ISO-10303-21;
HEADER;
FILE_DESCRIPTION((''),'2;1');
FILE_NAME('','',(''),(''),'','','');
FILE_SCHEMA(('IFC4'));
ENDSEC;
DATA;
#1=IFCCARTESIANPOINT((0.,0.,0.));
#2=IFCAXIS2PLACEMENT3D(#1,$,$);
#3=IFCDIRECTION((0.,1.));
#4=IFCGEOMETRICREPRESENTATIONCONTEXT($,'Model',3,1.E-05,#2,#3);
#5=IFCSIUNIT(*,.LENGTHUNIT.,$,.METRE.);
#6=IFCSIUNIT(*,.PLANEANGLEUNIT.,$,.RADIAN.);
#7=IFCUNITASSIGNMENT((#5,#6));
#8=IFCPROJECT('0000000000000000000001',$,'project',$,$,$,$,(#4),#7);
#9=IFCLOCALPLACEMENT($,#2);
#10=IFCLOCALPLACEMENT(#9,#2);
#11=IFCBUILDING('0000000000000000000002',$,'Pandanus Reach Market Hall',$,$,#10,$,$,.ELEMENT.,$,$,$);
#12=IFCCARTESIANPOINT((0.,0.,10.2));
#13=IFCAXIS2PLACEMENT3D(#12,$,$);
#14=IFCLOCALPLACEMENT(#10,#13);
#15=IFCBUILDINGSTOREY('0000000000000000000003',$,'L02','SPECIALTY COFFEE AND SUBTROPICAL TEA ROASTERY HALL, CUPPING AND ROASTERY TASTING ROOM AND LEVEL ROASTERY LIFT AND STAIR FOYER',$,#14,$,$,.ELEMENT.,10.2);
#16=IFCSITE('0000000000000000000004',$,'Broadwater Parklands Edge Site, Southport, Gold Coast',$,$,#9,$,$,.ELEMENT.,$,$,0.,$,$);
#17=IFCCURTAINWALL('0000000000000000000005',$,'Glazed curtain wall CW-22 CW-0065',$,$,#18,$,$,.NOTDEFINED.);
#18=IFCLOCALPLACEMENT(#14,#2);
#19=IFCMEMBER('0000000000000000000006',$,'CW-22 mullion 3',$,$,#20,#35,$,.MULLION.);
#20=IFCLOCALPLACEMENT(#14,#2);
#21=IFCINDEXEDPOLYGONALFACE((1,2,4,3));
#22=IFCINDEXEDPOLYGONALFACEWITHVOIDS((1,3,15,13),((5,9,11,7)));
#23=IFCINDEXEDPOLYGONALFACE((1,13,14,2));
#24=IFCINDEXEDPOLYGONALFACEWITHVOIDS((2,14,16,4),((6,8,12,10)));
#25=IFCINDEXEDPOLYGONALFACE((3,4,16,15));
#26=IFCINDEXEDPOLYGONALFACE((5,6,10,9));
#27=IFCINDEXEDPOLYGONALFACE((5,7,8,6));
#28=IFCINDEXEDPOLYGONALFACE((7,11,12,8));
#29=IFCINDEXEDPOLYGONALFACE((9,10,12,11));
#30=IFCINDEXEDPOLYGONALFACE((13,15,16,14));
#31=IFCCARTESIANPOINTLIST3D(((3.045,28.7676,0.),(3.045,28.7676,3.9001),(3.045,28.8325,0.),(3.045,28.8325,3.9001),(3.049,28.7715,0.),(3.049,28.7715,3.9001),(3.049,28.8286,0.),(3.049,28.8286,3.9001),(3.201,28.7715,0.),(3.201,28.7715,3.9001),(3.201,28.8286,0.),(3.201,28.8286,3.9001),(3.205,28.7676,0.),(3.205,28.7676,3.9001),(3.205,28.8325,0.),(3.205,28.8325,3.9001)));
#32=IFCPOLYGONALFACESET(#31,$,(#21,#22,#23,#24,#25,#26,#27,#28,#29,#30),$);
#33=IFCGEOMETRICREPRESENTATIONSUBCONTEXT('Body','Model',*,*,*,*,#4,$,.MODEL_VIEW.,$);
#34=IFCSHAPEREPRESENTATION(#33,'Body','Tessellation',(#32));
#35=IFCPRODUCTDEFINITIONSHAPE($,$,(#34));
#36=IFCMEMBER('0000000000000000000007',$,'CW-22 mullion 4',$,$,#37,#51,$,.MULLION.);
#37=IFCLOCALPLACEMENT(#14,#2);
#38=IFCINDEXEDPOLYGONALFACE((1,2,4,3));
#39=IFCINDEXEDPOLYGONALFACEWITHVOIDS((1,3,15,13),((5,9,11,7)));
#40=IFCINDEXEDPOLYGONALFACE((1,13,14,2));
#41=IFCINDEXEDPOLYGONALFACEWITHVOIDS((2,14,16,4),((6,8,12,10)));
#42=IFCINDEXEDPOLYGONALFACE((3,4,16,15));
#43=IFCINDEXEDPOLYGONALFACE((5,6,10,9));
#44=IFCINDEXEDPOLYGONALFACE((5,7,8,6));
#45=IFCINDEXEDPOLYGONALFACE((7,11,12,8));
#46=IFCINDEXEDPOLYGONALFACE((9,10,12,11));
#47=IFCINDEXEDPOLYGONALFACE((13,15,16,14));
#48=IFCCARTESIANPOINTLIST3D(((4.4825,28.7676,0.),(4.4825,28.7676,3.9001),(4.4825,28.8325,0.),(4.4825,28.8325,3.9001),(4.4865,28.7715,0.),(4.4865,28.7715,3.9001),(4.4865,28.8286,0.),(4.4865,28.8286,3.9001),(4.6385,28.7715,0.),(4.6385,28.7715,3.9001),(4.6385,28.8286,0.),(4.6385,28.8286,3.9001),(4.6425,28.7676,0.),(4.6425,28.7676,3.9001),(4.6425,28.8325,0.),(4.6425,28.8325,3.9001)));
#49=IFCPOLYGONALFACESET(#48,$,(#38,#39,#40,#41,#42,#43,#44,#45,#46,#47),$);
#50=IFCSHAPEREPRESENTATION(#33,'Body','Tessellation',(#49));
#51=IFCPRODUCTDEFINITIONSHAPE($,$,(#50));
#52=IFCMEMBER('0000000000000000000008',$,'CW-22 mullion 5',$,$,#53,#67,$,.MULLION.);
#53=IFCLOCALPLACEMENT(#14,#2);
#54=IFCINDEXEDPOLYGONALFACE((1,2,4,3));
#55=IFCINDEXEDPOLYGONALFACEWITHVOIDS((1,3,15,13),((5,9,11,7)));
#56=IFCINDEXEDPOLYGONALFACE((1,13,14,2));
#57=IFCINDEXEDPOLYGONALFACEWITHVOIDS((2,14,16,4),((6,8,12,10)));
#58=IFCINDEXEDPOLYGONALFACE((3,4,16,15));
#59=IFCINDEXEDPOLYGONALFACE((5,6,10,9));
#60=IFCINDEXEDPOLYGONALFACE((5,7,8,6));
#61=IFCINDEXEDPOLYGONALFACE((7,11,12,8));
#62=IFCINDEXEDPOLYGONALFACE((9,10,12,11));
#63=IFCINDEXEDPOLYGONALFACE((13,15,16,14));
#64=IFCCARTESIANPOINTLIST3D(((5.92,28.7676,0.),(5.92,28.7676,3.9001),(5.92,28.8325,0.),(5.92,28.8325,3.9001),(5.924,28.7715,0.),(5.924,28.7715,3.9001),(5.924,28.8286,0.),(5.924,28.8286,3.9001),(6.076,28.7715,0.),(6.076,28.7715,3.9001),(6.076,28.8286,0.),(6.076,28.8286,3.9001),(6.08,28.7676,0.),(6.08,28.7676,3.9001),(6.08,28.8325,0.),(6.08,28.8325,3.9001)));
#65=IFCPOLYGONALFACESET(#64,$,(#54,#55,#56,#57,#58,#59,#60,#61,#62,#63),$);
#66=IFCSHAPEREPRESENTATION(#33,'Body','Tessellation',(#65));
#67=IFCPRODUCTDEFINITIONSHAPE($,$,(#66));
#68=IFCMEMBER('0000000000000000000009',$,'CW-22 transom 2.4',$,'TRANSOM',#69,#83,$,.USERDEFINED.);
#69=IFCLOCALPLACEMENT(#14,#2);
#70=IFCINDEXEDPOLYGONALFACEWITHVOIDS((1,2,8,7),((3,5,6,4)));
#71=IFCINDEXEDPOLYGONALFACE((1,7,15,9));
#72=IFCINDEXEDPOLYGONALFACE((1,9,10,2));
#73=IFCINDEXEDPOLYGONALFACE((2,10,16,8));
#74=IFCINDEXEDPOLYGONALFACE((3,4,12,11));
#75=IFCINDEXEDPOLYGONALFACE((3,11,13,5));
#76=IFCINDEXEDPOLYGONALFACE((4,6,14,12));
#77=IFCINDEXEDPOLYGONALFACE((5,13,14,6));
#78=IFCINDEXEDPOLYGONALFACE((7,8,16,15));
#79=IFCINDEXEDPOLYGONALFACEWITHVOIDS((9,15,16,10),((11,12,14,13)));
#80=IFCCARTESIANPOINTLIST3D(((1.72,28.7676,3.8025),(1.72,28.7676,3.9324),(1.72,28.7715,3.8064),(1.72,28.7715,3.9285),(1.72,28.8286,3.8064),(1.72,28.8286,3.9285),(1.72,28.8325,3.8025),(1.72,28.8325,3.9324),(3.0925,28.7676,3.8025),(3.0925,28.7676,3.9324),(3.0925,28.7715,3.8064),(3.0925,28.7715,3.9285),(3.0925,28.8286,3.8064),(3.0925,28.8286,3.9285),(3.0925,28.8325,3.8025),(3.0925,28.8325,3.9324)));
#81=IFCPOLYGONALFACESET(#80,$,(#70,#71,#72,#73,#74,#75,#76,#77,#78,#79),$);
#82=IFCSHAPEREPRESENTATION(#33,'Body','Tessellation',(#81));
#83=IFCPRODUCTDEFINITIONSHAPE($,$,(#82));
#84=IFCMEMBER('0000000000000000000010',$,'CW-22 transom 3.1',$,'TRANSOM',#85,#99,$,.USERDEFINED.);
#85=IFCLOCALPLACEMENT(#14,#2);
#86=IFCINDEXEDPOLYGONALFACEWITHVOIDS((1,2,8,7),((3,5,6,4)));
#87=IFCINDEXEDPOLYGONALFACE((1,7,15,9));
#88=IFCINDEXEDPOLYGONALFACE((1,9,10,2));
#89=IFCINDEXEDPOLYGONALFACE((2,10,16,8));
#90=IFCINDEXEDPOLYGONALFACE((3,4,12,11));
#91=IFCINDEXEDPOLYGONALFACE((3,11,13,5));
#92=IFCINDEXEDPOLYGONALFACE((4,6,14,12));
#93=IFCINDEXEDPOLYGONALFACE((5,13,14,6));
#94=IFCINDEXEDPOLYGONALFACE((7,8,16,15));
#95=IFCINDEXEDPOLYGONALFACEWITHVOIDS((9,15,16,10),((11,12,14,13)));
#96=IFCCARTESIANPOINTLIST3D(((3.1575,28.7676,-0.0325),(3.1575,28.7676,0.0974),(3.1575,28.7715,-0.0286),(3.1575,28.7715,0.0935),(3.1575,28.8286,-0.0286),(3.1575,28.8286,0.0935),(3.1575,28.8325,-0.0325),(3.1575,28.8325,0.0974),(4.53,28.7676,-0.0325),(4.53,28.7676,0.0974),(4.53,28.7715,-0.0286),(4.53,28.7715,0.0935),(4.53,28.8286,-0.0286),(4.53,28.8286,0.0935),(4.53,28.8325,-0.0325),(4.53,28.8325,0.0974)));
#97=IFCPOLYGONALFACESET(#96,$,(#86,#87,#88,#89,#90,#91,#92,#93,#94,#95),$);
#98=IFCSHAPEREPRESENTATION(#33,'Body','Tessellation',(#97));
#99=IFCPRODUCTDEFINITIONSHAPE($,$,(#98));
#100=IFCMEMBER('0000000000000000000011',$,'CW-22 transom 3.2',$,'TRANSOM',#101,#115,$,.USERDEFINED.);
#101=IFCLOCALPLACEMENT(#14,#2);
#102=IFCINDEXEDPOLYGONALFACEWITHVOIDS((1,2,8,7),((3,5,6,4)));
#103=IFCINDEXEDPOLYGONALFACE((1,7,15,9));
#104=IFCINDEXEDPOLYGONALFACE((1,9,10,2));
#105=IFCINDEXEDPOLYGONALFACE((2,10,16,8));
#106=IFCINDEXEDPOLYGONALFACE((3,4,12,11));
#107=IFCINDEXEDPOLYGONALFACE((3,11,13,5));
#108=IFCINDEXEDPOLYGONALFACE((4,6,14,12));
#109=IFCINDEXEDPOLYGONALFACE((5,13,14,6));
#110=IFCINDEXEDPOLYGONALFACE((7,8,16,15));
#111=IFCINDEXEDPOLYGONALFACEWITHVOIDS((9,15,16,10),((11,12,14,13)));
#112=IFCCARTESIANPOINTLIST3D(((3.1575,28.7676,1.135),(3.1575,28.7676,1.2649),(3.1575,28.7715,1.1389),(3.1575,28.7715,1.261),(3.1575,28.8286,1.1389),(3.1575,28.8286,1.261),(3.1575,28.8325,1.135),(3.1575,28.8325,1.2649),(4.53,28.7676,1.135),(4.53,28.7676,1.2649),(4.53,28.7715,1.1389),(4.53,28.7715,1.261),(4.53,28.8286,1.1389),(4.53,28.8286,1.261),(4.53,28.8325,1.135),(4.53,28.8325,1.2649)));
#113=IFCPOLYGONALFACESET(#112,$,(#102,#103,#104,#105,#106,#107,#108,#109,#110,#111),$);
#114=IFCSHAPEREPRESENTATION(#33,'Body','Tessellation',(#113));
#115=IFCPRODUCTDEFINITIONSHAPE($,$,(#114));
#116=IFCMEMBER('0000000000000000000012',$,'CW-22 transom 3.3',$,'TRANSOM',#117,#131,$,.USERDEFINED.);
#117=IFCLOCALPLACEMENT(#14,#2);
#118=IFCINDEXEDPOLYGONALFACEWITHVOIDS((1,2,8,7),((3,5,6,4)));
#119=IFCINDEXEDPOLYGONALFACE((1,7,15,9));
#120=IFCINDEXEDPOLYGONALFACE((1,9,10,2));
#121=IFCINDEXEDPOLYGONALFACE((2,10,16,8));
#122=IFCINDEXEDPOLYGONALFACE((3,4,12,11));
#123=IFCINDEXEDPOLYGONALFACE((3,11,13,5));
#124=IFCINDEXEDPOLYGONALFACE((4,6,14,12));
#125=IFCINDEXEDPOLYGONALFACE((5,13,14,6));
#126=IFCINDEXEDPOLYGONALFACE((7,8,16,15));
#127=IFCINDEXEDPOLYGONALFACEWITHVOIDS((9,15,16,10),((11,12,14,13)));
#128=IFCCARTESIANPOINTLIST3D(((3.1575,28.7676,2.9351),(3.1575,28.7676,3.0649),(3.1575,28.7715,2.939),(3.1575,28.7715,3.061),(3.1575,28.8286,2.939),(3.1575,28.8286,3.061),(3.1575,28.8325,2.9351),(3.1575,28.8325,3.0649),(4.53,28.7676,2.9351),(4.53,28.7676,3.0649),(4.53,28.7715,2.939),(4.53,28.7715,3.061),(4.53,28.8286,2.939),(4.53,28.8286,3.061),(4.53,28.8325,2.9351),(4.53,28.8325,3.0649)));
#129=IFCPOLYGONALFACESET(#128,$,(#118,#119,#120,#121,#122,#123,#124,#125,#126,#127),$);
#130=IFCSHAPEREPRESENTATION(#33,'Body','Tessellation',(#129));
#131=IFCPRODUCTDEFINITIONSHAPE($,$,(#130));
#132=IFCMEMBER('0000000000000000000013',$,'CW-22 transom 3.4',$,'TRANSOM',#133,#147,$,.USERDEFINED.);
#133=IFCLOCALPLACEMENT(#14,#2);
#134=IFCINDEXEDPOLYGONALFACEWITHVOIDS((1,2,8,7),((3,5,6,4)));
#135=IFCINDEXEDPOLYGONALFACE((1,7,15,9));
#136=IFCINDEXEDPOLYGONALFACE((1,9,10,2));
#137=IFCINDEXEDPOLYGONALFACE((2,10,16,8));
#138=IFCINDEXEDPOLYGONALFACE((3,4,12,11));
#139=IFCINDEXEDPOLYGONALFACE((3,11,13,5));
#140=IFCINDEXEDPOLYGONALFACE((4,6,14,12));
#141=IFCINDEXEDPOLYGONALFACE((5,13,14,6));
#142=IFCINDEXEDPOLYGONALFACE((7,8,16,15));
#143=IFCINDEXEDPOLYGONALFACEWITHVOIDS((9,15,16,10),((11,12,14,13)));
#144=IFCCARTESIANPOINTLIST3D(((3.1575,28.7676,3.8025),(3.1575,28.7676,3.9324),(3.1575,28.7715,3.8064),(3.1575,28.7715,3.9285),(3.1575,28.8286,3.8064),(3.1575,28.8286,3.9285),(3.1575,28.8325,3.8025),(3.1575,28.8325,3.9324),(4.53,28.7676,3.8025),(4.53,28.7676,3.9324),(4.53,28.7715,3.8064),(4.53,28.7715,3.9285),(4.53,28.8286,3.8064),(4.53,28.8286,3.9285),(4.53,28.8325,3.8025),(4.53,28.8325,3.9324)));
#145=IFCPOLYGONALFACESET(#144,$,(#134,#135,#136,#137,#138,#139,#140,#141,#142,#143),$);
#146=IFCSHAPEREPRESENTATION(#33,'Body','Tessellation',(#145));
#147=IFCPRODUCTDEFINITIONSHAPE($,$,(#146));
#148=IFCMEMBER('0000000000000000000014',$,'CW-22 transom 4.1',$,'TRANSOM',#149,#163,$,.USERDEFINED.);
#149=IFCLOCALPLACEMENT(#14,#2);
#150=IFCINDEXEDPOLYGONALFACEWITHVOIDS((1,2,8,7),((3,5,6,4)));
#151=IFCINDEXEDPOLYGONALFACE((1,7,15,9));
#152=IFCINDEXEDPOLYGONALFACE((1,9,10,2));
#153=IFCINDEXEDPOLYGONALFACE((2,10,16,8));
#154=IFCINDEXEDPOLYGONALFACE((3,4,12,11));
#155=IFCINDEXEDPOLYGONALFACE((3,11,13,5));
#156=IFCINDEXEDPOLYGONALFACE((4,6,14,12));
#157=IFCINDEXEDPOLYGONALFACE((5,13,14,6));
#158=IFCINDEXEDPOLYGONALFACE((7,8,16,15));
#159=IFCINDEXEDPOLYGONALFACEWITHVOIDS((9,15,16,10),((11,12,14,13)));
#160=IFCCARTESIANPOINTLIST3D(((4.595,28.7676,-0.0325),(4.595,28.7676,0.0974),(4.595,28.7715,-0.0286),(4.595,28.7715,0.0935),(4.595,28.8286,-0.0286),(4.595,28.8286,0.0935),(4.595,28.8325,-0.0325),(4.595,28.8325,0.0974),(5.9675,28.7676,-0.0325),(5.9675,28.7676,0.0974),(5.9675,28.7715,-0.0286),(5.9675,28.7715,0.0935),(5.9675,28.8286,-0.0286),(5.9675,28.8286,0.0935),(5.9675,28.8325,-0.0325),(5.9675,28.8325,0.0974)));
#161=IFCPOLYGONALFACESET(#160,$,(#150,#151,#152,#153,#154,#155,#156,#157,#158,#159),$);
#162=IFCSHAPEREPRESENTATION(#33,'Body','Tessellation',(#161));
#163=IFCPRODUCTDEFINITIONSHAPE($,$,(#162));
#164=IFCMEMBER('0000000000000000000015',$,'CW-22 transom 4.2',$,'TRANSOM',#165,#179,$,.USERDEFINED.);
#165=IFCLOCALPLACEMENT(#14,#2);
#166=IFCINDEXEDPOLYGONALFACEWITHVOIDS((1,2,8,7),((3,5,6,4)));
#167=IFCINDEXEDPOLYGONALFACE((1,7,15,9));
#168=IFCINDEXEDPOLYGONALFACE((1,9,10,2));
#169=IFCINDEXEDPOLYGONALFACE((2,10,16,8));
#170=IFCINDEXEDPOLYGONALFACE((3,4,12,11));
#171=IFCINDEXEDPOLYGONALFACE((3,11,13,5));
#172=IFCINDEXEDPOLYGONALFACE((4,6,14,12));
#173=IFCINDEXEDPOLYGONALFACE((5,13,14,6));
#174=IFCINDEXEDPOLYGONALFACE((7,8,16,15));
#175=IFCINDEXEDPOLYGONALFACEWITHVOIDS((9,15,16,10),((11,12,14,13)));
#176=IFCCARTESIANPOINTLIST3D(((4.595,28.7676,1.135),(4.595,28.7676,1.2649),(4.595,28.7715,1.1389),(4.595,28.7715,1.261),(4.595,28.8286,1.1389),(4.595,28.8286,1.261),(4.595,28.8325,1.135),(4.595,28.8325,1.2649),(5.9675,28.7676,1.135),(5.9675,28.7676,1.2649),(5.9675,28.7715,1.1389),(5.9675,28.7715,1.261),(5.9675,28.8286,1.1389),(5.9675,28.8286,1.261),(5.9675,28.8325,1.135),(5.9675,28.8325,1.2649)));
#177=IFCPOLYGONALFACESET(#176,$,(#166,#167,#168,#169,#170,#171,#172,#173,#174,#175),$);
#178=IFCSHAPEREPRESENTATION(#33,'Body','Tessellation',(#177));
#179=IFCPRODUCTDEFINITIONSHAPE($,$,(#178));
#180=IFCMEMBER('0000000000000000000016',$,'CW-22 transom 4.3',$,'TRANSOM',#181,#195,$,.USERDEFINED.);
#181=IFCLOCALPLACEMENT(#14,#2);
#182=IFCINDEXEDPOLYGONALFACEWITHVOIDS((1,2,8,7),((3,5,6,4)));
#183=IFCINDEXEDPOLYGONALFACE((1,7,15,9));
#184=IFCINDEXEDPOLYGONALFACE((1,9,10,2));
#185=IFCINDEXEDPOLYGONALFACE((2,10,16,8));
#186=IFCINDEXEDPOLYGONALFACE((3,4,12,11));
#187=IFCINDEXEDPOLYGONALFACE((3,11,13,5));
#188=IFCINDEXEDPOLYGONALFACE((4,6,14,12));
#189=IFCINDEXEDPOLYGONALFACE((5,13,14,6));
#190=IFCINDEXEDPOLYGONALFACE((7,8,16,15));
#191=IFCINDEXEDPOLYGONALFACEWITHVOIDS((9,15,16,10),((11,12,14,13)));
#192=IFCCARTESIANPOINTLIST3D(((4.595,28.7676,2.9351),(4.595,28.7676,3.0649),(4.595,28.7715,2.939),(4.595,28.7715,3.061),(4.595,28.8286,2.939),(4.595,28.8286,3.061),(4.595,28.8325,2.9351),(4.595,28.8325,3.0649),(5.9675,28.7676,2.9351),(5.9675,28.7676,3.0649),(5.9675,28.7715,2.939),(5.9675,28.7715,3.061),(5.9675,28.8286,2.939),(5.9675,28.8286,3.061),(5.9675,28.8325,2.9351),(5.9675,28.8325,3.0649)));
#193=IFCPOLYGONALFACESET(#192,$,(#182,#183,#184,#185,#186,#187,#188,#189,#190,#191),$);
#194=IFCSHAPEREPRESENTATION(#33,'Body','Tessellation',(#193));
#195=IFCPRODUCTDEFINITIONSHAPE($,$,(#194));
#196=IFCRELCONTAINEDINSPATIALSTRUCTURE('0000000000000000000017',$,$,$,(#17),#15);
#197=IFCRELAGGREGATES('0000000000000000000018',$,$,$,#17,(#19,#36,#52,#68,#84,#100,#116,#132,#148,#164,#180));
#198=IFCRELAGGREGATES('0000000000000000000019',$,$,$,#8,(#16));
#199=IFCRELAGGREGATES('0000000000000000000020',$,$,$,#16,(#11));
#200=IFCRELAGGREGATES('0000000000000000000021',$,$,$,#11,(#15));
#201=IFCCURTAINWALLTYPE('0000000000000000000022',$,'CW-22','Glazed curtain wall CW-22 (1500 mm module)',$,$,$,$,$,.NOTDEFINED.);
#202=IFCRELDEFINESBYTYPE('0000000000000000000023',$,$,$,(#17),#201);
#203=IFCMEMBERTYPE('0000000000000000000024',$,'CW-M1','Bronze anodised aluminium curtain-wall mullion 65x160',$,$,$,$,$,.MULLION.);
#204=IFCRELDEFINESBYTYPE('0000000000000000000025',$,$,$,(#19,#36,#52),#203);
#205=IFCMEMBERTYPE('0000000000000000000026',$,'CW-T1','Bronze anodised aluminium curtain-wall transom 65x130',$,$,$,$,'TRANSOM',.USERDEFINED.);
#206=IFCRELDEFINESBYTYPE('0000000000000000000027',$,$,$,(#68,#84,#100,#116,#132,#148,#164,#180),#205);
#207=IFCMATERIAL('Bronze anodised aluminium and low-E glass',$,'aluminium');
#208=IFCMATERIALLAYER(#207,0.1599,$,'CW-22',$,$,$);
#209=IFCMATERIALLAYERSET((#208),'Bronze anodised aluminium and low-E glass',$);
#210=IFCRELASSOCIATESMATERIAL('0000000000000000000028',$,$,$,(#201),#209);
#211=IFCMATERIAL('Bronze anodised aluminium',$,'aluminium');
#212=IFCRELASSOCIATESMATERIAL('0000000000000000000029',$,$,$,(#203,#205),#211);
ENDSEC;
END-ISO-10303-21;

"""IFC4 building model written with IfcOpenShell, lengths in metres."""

from ifc_helpers import new_model, si_unit, direction, frame, origin, origin_2d, place, context, subcontext, project, spatial, hollow_rectangle, extrude, material, layer, layer_set, material_profile, profile_set, type_object, element, aggregate, save


model = new_model("IFC4")

# Units and contexts
model_context = context("Model", 3, precision=1e-05, world=origin(), true_north=direction((0.0, 1.0)))
body_context = subcontext(model_context, "Body", "Model", "MODEL_VIEW")
ifc_project = project(units=[si_unit("LENGTHUNIT", "METRE"), si_unit("PLANEANGLEUNIT", "RADIAN")], contexts=[model_context])

# Site, building, storey
site_placement = place(None, origin())
site = spatial("IfcSite", under=ifc_project, at=site_placement, Name="Broadwater Parklands Edge Site, Southport, Gold Coast", CompositionType="ELEMENT", RefElevation=0.0)
building_placement = place(site_placement, origin())
building = spatial("IfcBuilding", under=site, at=building_placement, Name="Pandanus Reach Market Hall", CompositionType="ELEMENT")
storey_placement = place(building_placement, frame((0.0, 0.0, 10.2)))
storey = spatial("IfcBuildingStorey", under=building, at=storey_placement, Name="L02", Description="SPECIALTY COFFEE AND SUBTROPICAL TEA ROASTERY HALL, CUPPING AND ROASTERY TASTING ROOM AND LEVEL ROASTERY LIFT AND STAIR FOYER", CompositionType="ELEMENT", Elevation=10.2)

# Curtain wall, members
ifc_material_1 = material(Name="Bronze anodised aluminium and low-E glass", Category="aluminium")
ifc_layer_1 = layer(ifc_material_1, 0.1599, Name="CW-22")
ifc_layer_set_1 = layer_set([ifc_layer_1], Name="Bronze anodised aluminium and low-E glass")
curtain_wall_type = type_object("IfcCurtainWallType", Name="CW-22", Description="Glazed curtain wall CW-22 (1500 mm module)", PredefinedType="NOTDEFINED", material=ifc_layer_set_1)
curtain_wall_placement = place(storey_placement, origin())
curtain_wall = element("IfcCurtainWall", 1, at=curtain_wall_placement, inside=storey, type_object=curtain_wall_type, Name="Glazed curtain wall CW-22 CW-0065", PredefinedType="NOTDEFINED")
ifc_material_2 = material(Name="Bronze anodised aluminium", Category="aluminium")
ifc_material_profile_1 = material_profile(ifc_material_2, hollow_rectangle(XDim=0.0649, YDim=0.1599, WallThickness=0.0039, at=origin_2d()), Name="ALU65x160", Category="LoadBearing")
ifc_profile_set_1 = profile_set([ifc_material_profile_1], Name="Bronze anodised aluminium")
member_type_1 = type_object("IfcMemberType", Name="CW-M1", Description="Bronze anodised aluminium curtain-wall mullion 65x160", PredefinedType="MULLION", material=ifc_profile_set_1)
member_1_placement = place(storey_placement, frame((3.125, 28.8, 0.0), z_axis=(0.0, 0.0, 1.0), x_axis=(0.0, 1.0, 0.0)))
member_1 = element("IfcMember", 2, at=member_1_placement, type_object=member_type_1, Name="CW-22 mullion 3", PredefinedType="MULLION", context=body_context, shape_type="SweptSolid", body=[
    extrude(hollow_rectangle(XDim=0.0649, YDim=0.1599, WallThickness=0.0039, at=origin_2d()), origin(), (0.0, 0.0, 1.0), 3.9001),
])
member_2_placement = place(storey_placement, frame((4.5625, 28.8, 0.0), z_axis=(0.0, 0.0, 1.0), x_axis=(0.0, 1.0, 0.0)))
member_2 = element("IfcMember", 3, at=member_2_placement, type_object=member_type_1, Name="CW-22 mullion 4", PredefinedType="MULLION", context=body_context, shape_type="SweptSolid", body=[
    extrude(hollow_rectangle(XDim=0.0649, YDim=0.1599, WallThickness=0.0039, at=origin_2d()), origin(), (0.0, 0.0, 1.0), 3.9001),
])
member_3_placement = place(storey_placement, frame((6.0, 28.8, 0.0), z_axis=(0.0, 0.0, 1.0), x_axis=(0.0, 1.0, 0.0)))
member_3 = element("IfcMember", 4, at=member_3_placement, type_object=member_type_1, Name="CW-22 mullion 5", PredefinedType="MULLION", context=body_context, shape_type="SweptSolid", body=[
    extrude(hollow_rectangle(XDim=0.0649, YDim=0.1599, WallThickness=0.0039, at=origin_2d()), origin(), (0.0, 0.0, 1.0), 3.9001),
])
ifc_material_profile_2 = material_profile(ifc_material_2, hollow_rectangle(XDim=0.0649, YDim=0.1299, WallThickness=0.0039, at=origin_2d()), Name="ALU65x130", Category="LoadBearing")
ifc_profile_set_2 = profile_set([ifc_material_profile_2], Name="Bronze anodised aluminium")
member_type_2 = type_object("IfcMemberType", Name="CW-T1", Description="Bronze anodised aluminium curtain-wall transom 65x130", ElementType="TRANSOM", PredefinedType="USERDEFINED", material=ifc_profile_set_2)
member_4_placement = place(storey_placement, frame((1.72, 28.8, 3.8674), z_axis=(1.0, 0.0, 0.0), x_axis=(0.0, 1.0, 0.0)))
member_4 = element("IfcMember", 5, at=member_4_placement, type_object=member_type_2, Name="CW-22 transom 2.4", ObjectType="TRANSOM", PredefinedType="USERDEFINED", context=body_context, shape_type="SweptSolid", body=[
    extrude(hollow_rectangle(XDim=0.0649, YDim=0.1299, WallThickness=0.0039, at=origin_2d()), origin(), (0.0, 0.0, 1.0), 1.3726),
])
member_5_placement = place(storey_placement, frame((3.1575, 28.8, 0.0325), z_axis=(1.0, 0.0, 0.0), x_axis=(0.0, 1.0, 0.0)))
member_5 = element("IfcMember", 6, at=member_5_placement, type_object=member_type_2, Name="CW-22 transom 3.1", ObjectType="TRANSOM", PredefinedType="USERDEFINED", context=body_context, shape_type="SweptSolid", body=[
    extrude(hollow_rectangle(XDim=0.0649, YDim=0.1299, WallThickness=0.0039, at=origin_2d()), origin(), (0.0, 0.0, 1.0), 1.3726),
])
member_6_placement = place(storey_placement, frame((3.1575, 28.8, 1.2), z_axis=(1.0, 0.0, 0.0), x_axis=(0.0, 1.0, 0.0)))
member_6 = element("IfcMember", 7, at=member_6_placement, type_object=member_type_2, Name="CW-22 transom 3.2", ObjectType="TRANSOM", PredefinedType="USERDEFINED", context=body_context, shape_type="SweptSolid", body=[
    extrude(hollow_rectangle(XDim=0.0649, YDim=0.1299, WallThickness=0.0039, at=origin_2d()), origin(), (0.0, 0.0, 1.0), 1.3726),
])
member_7_placement = place(storey_placement, frame((3.1575, 28.8, 3.0), z_axis=(1.0, 0.0, 0.0), x_axis=(0.0, 1.0, 0.0)))
member_7 = element("IfcMember", 8, at=member_7_placement, type_object=member_type_2, Name="CW-22 transom 3.3", ObjectType="TRANSOM", PredefinedType="USERDEFINED", context=body_context, shape_type="SweptSolid", body=[
    extrude(hollow_rectangle(XDim=0.0649, YDim=0.1299, WallThickness=0.0039, at=origin_2d()), origin(), (0.0, 0.0, 1.0), 1.3726),
])
member_8_placement = place(storey_placement, frame((3.1575, 28.8, 3.8674), z_axis=(1.0, 0.0, 0.0), x_axis=(0.0, 1.0, 0.0)))
member_8 = element("IfcMember", 9, at=member_8_placement, type_object=member_type_2, Name="CW-22 transom 3.4", ObjectType="TRANSOM", PredefinedType="USERDEFINED", context=body_context, shape_type="SweptSolid", body=[
    extrude(hollow_rectangle(XDim=0.0649, YDim=0.1299, WallThickness=0.0039, at=origin_2d()), origin(), (0.0, 0.0, 1.0), 1.3726),
])
member_9_placement = place(storey_placement, frame((4.595, 28.8, 0.0325), z_axis=(1.0, 0.0, 0.0), x_axis=(0.0, 1.0, 0.0)))
member_9 = element("IfcMember", 10, at=member_9_placement, type_object=member_type_2, Name="CW-22 transom 4.1", ObjectType="TRANSOM", PredefinedType="USERDEFINED", context=body_context, shape_type="SweptSolid", body=[
    extrude(hollow_rectangle(XDim=0.0649, YDim=0.1299, WallThickness=0.0039, at=origin_2d()), origin(), (0.0, 0.0, 1.0), 1.3726),
])
member_10_placement = place(storey_placement, frame((4.595, 28.8, 1.2), z_axis=(1.0, 0.0, 0.0), x_axis=(0.0, 1.0, 0.0)))
member_10 = element("IfcMember", 11, at=member_10_placement, type_object=member_type_2, Name="CW-22 transom 4.2", ObjectType="TRANSOM", PredefinedType="USERDEFINED", context=body_context, shape_type="SweptSolid", body=[
    extrude(hollow_rectangle(XDim=0.0649, YDim=0.1299, WallThickness=0.0039, at=origin_2d()), origin(), (0.0, 0.0, 1.0), 1.3726),
])
member_11_placement = place(storey_placement, frame((4.595, 28.8, 3.0), z_axis=(1.0, 0.0, 0.0), x_axis=(0.0, 1.0, 0.0)))
member_11 = element("IfcMember", 12, at=member_11_placement, type_object=member_type_2, Name="CW-22 transom 4.3", ObjectType="TRANSOM", PredefinedType="USERDEFINED", context=body_context, shape_type="SweptSolid", body=[
    extrude(hollow_rectangle(XDim=0.0649, YDim=0.1299, WallThickness=0.0039, at=origin_2d()), origin(), (0.0, 0.0, 1.0), 1.3726),
])
aggregate(curtain_wall, [member_1, member_2, member_3, member_4, member_5, member_6, member_7, member_8, member_9, member_10, member_11])

save(model, "model.ifc")
